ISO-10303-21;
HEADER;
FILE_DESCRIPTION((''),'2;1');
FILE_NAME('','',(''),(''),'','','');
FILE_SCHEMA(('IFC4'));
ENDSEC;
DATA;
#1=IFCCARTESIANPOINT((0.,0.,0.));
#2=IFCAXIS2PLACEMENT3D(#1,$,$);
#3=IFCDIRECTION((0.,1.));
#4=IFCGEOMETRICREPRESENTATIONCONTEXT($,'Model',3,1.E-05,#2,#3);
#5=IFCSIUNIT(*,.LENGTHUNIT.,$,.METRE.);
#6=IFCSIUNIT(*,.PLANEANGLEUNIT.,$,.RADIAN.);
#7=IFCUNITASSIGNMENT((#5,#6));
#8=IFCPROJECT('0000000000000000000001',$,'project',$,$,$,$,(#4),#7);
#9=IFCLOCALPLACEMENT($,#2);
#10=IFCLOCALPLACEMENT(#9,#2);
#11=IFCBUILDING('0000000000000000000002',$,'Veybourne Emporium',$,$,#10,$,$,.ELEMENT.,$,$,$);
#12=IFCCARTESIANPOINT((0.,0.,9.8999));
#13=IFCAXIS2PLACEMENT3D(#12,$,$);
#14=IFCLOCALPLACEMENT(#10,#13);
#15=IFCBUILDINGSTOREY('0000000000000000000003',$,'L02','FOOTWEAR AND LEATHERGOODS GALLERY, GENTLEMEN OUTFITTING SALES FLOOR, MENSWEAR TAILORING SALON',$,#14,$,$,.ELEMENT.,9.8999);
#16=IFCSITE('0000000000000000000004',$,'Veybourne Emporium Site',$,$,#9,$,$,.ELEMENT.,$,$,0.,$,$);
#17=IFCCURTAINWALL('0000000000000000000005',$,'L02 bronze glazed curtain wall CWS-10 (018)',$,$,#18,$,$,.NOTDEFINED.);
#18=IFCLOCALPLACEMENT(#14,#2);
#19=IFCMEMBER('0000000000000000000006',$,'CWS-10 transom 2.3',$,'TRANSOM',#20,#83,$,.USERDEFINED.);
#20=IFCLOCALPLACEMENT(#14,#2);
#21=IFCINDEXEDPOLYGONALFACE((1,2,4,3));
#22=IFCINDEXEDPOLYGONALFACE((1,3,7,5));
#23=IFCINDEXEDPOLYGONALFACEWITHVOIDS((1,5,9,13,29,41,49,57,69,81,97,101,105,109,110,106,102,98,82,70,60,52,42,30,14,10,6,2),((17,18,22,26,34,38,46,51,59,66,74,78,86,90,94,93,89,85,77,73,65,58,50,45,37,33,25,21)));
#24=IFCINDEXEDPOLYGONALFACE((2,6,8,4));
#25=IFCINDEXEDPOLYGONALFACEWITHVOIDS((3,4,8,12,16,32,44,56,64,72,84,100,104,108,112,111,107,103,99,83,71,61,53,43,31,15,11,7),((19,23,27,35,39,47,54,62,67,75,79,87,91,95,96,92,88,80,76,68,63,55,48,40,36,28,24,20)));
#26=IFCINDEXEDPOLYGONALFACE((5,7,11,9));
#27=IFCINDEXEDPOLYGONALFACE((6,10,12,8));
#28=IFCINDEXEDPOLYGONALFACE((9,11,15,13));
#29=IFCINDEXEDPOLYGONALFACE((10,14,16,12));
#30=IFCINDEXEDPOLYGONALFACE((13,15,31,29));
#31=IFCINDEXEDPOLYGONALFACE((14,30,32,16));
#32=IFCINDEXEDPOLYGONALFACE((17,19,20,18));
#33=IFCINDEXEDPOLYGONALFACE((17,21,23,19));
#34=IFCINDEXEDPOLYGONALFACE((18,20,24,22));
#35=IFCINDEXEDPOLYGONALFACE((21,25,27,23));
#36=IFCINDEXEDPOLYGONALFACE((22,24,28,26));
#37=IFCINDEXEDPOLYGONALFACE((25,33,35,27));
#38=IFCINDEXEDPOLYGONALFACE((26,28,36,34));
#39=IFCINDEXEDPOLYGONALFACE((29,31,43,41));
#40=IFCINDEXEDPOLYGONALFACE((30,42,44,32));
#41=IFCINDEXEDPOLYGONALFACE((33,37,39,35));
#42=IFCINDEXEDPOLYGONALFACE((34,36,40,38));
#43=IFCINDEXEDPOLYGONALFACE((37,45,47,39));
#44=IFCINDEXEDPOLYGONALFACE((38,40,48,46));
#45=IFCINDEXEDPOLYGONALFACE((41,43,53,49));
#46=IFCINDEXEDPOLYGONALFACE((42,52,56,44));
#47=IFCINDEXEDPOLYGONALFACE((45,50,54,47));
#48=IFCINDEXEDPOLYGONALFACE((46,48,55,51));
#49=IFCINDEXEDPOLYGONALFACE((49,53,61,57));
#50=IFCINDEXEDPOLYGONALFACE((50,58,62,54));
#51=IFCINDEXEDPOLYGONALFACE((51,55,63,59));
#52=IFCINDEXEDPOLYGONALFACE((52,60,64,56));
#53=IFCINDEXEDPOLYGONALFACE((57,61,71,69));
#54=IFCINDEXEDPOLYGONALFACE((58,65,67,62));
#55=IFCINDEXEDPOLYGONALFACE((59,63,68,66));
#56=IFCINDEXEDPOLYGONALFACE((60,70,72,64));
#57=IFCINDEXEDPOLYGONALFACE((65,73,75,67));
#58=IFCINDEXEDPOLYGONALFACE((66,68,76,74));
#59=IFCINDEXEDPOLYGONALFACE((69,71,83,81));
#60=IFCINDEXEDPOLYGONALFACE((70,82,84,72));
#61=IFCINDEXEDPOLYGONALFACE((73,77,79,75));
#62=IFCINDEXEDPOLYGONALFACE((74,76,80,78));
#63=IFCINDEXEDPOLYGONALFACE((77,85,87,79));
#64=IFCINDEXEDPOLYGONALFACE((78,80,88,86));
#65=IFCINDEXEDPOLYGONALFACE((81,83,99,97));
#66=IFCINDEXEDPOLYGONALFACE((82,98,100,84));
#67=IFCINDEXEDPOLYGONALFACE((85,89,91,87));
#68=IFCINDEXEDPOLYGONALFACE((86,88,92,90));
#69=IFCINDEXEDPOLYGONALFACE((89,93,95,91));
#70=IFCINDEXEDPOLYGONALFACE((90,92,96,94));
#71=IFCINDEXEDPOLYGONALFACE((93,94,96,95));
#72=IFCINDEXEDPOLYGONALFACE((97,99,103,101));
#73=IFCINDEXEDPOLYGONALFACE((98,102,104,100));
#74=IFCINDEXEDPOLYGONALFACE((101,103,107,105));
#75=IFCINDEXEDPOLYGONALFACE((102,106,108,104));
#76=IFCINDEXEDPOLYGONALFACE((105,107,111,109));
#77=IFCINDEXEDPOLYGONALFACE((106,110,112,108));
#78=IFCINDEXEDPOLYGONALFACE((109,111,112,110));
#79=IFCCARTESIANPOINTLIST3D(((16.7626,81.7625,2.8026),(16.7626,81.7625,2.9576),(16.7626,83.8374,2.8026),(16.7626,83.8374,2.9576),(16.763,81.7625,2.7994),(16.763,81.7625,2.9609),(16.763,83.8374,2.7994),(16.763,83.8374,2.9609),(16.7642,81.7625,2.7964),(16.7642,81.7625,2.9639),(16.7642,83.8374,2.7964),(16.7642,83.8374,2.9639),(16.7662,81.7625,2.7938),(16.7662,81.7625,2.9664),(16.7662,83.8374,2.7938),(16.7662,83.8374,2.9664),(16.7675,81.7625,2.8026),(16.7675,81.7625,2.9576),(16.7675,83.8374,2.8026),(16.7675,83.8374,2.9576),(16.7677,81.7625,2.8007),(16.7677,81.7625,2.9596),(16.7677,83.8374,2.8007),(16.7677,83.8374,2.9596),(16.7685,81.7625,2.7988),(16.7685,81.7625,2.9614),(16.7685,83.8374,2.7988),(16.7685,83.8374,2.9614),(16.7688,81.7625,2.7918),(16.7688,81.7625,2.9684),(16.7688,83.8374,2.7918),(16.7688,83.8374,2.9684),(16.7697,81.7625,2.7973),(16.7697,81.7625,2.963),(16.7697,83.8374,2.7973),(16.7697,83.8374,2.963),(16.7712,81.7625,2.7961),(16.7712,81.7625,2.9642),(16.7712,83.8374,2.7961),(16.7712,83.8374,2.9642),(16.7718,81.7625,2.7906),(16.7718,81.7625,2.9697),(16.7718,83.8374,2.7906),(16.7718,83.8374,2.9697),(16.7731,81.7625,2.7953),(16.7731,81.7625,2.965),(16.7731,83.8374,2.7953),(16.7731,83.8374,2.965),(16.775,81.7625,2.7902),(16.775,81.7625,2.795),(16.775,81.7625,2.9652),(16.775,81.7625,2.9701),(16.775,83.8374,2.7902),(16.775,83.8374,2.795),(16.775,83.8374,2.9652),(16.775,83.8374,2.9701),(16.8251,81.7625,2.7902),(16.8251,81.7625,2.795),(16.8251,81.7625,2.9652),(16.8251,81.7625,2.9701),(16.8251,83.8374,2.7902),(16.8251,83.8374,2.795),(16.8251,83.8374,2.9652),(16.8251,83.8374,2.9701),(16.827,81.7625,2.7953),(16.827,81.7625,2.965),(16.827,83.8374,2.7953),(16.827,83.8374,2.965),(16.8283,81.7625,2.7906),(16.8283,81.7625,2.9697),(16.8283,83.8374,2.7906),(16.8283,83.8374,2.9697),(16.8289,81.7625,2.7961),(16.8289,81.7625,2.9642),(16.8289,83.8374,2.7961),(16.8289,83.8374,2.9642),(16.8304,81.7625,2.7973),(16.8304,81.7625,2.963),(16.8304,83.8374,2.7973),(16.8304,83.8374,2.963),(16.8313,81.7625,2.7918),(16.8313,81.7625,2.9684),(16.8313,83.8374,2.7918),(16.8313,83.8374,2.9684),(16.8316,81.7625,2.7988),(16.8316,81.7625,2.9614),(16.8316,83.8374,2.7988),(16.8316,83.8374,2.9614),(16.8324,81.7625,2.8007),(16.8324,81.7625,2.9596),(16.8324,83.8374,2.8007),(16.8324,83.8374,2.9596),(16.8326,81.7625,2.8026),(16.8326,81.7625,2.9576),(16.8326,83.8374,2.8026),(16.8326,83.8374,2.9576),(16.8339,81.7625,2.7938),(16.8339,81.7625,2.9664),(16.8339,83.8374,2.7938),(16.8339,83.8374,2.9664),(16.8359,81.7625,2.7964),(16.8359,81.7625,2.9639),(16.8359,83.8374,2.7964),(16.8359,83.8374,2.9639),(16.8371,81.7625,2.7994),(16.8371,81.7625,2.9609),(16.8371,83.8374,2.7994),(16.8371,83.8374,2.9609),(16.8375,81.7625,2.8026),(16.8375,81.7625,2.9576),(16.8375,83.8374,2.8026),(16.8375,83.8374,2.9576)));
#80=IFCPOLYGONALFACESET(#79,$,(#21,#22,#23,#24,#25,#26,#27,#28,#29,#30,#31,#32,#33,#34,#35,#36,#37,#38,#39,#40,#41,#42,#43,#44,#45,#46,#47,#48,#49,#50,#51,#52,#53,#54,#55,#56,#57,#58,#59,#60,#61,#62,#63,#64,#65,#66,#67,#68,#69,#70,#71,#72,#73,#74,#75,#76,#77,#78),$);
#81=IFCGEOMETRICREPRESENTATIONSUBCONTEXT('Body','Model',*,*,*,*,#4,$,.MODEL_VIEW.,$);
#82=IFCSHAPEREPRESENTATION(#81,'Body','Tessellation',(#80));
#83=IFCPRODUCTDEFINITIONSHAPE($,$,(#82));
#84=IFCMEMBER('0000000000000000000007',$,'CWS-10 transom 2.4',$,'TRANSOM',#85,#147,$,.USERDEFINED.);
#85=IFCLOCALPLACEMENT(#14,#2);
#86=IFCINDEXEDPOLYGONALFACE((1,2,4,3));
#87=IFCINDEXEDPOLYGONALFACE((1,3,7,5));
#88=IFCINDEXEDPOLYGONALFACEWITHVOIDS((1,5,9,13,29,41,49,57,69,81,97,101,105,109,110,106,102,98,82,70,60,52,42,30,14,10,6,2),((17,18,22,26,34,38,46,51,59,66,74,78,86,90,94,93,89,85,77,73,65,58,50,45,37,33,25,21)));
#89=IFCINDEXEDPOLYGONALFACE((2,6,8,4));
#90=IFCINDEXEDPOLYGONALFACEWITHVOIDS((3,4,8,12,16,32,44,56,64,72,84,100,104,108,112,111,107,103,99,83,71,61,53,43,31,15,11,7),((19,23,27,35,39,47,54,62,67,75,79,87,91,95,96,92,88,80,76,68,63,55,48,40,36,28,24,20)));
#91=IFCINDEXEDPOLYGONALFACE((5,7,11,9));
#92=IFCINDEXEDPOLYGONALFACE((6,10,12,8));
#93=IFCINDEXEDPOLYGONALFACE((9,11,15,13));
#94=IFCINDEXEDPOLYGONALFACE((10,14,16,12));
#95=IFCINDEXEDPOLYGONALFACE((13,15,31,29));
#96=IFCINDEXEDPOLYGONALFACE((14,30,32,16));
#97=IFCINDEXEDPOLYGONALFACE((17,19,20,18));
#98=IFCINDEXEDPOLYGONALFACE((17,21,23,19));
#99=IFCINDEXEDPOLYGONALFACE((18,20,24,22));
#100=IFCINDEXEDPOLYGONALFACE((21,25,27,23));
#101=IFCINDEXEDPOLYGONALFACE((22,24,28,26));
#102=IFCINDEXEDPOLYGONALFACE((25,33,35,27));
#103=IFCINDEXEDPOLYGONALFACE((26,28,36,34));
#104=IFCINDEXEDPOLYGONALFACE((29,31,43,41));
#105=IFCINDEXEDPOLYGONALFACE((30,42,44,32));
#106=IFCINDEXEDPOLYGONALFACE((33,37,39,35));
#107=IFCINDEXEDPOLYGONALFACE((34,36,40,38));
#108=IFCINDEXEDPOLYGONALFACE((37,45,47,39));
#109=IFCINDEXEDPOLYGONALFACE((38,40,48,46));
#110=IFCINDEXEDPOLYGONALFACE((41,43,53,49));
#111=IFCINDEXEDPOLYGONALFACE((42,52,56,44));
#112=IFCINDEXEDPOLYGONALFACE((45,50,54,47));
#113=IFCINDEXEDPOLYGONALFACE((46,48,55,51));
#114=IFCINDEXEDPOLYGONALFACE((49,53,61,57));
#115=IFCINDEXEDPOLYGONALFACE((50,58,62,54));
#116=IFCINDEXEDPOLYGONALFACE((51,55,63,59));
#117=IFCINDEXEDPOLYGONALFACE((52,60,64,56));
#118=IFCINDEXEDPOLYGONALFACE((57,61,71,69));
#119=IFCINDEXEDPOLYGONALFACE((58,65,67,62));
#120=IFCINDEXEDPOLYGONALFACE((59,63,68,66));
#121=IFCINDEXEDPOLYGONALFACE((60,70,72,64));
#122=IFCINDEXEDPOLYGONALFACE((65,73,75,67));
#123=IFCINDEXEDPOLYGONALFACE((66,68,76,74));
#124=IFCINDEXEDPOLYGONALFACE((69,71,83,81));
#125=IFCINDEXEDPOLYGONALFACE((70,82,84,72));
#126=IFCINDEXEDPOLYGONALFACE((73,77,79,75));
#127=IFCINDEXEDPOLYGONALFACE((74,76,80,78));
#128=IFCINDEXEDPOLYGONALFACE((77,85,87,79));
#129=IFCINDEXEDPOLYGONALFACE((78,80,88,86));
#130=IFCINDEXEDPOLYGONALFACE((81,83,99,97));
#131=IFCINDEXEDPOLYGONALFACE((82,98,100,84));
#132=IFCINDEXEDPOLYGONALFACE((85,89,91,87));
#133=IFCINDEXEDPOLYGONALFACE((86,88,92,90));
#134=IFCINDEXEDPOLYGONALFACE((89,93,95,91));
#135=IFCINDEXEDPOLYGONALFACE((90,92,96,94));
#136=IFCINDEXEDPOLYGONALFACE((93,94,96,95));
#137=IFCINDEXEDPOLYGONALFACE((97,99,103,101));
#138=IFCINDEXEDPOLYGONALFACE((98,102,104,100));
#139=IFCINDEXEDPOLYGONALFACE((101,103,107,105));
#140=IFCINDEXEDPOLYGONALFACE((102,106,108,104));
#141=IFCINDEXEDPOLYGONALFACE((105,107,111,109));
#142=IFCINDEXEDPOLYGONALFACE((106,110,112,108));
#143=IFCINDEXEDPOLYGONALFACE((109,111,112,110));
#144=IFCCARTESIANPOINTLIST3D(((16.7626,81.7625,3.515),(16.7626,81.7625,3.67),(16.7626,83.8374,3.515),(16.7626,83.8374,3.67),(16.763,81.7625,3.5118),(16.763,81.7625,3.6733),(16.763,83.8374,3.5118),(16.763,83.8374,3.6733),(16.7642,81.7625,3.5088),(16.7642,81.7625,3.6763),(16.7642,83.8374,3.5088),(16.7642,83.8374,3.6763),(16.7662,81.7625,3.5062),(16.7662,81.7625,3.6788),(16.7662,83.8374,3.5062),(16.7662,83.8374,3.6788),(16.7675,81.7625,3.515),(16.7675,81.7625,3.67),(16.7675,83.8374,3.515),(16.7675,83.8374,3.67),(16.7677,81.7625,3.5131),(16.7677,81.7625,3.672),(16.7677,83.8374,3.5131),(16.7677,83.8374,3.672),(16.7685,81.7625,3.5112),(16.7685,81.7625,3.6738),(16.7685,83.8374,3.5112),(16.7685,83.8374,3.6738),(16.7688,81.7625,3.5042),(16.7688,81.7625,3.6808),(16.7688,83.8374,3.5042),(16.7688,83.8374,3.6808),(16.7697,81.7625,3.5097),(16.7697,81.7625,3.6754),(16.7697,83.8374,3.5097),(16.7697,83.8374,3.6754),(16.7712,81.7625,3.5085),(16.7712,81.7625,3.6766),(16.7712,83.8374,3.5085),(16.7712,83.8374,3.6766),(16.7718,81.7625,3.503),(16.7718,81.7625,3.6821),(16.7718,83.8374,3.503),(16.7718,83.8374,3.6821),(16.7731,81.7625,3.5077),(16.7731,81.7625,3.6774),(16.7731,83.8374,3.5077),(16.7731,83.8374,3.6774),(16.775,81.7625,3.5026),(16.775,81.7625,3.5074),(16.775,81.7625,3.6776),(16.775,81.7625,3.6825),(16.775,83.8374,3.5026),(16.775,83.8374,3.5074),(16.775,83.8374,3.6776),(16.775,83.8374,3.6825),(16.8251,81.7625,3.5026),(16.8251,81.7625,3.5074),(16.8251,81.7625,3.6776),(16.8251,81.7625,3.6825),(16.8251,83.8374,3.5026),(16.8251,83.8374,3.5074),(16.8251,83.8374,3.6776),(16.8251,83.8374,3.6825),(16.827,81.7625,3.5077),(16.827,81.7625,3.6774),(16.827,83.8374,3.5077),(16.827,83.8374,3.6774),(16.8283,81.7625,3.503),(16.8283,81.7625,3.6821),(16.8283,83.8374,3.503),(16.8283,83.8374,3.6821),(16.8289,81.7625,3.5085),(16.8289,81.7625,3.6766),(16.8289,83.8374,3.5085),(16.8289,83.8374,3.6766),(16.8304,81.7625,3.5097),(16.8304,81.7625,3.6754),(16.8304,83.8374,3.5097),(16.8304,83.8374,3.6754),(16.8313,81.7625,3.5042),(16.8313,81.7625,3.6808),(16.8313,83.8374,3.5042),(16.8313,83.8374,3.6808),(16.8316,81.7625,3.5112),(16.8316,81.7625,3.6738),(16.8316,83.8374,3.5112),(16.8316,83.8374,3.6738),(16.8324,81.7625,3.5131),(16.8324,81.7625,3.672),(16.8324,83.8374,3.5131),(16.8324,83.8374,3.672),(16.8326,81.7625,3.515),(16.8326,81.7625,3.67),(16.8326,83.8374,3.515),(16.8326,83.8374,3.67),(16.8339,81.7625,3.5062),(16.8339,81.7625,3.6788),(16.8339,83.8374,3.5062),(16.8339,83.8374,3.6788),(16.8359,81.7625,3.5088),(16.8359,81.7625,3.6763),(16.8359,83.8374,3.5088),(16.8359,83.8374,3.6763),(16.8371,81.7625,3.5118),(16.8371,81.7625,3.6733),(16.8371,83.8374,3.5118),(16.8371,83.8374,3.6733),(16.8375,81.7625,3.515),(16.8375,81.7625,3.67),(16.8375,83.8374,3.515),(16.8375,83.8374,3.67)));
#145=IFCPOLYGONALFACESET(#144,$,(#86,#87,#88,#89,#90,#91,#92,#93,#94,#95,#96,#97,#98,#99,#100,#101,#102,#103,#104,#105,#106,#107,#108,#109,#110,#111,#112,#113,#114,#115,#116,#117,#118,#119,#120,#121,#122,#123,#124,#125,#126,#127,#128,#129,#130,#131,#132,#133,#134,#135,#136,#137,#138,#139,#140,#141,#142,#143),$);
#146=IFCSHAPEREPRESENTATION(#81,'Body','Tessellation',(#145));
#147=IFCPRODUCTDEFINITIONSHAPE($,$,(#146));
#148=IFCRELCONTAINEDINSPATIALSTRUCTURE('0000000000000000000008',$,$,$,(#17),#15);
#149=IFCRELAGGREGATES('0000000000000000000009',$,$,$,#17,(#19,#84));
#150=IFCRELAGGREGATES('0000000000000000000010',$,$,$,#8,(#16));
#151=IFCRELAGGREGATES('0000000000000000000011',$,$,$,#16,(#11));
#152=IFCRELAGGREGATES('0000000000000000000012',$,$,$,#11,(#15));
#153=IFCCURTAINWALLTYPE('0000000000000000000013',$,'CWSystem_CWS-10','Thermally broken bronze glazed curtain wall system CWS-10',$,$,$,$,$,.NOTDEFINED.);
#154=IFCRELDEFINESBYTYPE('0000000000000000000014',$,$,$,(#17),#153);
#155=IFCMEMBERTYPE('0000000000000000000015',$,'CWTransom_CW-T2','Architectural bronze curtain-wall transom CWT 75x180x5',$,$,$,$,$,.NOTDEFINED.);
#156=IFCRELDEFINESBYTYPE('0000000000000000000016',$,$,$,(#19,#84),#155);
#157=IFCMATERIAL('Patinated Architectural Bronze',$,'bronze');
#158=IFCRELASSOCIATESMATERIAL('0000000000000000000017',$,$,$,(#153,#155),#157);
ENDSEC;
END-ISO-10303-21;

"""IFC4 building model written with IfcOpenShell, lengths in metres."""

from ifc_helpers import new_model, si_unit, direction, frame, origin, origin_2d, place, context, subcontext, project, spatial, hollow_rectangle, extrude, material, material_profile, profile_set, type_object, element, aggregate, save


model = new_model("IFC4")

# Units and contexts
model_context = context("Model", 3, precision=1e-05, world=origin(), true_north=direction((0.0, 1.0)))
body_context = subcontext(model_context, "Body", "Model", "MODEL_VIEW")
ifc_project = project(units=[si_unit("LENGTHUNIT", "METRE"), si_unit("PLANEANGLEUNIT", "RADIAN")], contexts=[model_context])

# Site, building, storey
site_placement = place(None, origin())
site = spatial("IfcSite", under=ifc_project, at=site_placement, Name="Veybourne Emporium Site", CompositionType="ELEMENT", RefElevation=0.0)
building_placement = place(site_placement, origin())
building = spatial("IfcBuilding", under=site, at=building_placement, Name="Veybourne Emporium", CompositionType="ELEMENT")
storey_placement = place(building_placement, frame((0.0, 0.0, 9.8999)))
storey = spatial("IfcBuildingStorey", under=building, at=storey_placement, Name="L02", Description="FOOTWEAR AND LEATHERGOODS GALLERY, GENTLEMEN OUTFITTING SALES FLOOR, MENSWEAR TAILORING SALON", CompositionType="ELEMENT", Elevation=9.8999)

# Curtain wall, members
ifc_material_1 = material(Name="Patinated Architectural Bronze", Category="bronze")
curtain_wall_type = type_object("IfcCurtainWallType", Name="CWSystem_CWS-10", Description="Thermally broken bronze glazed curtain wall system CWS-10", PredefinedType="NOTDEFINED", material=ifc_material_1)
curtain_wall_placement = place(storey_placement, origin())
curtain_wall = element("IfcCurtainWall", 1, at=curtain_wall_placement, inside=storey, type_object=curtain_wall_type, Name="L02 bronze glazed curtain wall CWS-10 (018)", PredefinedType="NOTDEFINED")
ifc_material_profile_1 = material_profile(ifc_material_1, hollow_rectangle(XDim=0.075, YDim=0.1799, WallThickness=0.0049, InnerFilletRadius=0.0076, OuterFilletRadius=0.0125, at=origin_2d()), Name="CWT 75x180x5")
ifc_profile_set_1 = profile_set([ifc_material_profile_1], Name="Patinated Architectural Bronze")
member_type_1 = type_object("IfcMemberType", Name="CWTransom_CW-T2", Description="Architectural bronze curtain-wall transom CWT 75x180x5", PredefinedType="NOTDEFINED", material=ifc_profile_set_1)
member_1_placement = place(storey_placement, frame((16.8, 81.7625, 2.8801), z_axis=(0.0, 1.0, 0.0), x_axis=(-1.0, 0.0, 0.0)))
member_1 = element("IfcMember", 2, at=member_1_placement, type_object=member_type_1, Name="CWS-10 transom 2.3", ObjectType="TRANSOM", PredefinedType="USERDEFINED", context=body_context, shape_type="SweptSolid", body=[
    extrude(hollow_rectangle(XDim=0.075, YDim=0.1799, WallThickness=0.0049, InnerFilletRadius=0.0076, OuterFilletRadius=0.0125, at=origin_2d()), origin(), (0.0, 0.0, 1.0), 2.075),
])
member_2_placement = place(storey_placement, frame((16.8, 81.7625, 3.5925), z_axis=(0.0, 1.0, 0.0), x_axis=(-1.0, 0.0, 0.0)))
member_2 = element("IfcMember", 3, at=member_2_placement, type_object=member_type_1, Name="CWS-10 transom 2.4", ObjectType="TRANSOM", PredefinedType="USERDEFINED", context=body_context, shape_type="SweptSolid", body=[
    extrude(hollow_rectangle(XDim=0.075, YDim=0.1799, WallThickness=0.0049, InnerFilletRadius=0.0076, OuterFilletRadius=0.0125, at=origin_2d()), origin(), (0.0, 0.0, 1.0), 2.075),
])

aggregate(curtain_wall, [member_1, member_2])

save(model, "model.ifc")
